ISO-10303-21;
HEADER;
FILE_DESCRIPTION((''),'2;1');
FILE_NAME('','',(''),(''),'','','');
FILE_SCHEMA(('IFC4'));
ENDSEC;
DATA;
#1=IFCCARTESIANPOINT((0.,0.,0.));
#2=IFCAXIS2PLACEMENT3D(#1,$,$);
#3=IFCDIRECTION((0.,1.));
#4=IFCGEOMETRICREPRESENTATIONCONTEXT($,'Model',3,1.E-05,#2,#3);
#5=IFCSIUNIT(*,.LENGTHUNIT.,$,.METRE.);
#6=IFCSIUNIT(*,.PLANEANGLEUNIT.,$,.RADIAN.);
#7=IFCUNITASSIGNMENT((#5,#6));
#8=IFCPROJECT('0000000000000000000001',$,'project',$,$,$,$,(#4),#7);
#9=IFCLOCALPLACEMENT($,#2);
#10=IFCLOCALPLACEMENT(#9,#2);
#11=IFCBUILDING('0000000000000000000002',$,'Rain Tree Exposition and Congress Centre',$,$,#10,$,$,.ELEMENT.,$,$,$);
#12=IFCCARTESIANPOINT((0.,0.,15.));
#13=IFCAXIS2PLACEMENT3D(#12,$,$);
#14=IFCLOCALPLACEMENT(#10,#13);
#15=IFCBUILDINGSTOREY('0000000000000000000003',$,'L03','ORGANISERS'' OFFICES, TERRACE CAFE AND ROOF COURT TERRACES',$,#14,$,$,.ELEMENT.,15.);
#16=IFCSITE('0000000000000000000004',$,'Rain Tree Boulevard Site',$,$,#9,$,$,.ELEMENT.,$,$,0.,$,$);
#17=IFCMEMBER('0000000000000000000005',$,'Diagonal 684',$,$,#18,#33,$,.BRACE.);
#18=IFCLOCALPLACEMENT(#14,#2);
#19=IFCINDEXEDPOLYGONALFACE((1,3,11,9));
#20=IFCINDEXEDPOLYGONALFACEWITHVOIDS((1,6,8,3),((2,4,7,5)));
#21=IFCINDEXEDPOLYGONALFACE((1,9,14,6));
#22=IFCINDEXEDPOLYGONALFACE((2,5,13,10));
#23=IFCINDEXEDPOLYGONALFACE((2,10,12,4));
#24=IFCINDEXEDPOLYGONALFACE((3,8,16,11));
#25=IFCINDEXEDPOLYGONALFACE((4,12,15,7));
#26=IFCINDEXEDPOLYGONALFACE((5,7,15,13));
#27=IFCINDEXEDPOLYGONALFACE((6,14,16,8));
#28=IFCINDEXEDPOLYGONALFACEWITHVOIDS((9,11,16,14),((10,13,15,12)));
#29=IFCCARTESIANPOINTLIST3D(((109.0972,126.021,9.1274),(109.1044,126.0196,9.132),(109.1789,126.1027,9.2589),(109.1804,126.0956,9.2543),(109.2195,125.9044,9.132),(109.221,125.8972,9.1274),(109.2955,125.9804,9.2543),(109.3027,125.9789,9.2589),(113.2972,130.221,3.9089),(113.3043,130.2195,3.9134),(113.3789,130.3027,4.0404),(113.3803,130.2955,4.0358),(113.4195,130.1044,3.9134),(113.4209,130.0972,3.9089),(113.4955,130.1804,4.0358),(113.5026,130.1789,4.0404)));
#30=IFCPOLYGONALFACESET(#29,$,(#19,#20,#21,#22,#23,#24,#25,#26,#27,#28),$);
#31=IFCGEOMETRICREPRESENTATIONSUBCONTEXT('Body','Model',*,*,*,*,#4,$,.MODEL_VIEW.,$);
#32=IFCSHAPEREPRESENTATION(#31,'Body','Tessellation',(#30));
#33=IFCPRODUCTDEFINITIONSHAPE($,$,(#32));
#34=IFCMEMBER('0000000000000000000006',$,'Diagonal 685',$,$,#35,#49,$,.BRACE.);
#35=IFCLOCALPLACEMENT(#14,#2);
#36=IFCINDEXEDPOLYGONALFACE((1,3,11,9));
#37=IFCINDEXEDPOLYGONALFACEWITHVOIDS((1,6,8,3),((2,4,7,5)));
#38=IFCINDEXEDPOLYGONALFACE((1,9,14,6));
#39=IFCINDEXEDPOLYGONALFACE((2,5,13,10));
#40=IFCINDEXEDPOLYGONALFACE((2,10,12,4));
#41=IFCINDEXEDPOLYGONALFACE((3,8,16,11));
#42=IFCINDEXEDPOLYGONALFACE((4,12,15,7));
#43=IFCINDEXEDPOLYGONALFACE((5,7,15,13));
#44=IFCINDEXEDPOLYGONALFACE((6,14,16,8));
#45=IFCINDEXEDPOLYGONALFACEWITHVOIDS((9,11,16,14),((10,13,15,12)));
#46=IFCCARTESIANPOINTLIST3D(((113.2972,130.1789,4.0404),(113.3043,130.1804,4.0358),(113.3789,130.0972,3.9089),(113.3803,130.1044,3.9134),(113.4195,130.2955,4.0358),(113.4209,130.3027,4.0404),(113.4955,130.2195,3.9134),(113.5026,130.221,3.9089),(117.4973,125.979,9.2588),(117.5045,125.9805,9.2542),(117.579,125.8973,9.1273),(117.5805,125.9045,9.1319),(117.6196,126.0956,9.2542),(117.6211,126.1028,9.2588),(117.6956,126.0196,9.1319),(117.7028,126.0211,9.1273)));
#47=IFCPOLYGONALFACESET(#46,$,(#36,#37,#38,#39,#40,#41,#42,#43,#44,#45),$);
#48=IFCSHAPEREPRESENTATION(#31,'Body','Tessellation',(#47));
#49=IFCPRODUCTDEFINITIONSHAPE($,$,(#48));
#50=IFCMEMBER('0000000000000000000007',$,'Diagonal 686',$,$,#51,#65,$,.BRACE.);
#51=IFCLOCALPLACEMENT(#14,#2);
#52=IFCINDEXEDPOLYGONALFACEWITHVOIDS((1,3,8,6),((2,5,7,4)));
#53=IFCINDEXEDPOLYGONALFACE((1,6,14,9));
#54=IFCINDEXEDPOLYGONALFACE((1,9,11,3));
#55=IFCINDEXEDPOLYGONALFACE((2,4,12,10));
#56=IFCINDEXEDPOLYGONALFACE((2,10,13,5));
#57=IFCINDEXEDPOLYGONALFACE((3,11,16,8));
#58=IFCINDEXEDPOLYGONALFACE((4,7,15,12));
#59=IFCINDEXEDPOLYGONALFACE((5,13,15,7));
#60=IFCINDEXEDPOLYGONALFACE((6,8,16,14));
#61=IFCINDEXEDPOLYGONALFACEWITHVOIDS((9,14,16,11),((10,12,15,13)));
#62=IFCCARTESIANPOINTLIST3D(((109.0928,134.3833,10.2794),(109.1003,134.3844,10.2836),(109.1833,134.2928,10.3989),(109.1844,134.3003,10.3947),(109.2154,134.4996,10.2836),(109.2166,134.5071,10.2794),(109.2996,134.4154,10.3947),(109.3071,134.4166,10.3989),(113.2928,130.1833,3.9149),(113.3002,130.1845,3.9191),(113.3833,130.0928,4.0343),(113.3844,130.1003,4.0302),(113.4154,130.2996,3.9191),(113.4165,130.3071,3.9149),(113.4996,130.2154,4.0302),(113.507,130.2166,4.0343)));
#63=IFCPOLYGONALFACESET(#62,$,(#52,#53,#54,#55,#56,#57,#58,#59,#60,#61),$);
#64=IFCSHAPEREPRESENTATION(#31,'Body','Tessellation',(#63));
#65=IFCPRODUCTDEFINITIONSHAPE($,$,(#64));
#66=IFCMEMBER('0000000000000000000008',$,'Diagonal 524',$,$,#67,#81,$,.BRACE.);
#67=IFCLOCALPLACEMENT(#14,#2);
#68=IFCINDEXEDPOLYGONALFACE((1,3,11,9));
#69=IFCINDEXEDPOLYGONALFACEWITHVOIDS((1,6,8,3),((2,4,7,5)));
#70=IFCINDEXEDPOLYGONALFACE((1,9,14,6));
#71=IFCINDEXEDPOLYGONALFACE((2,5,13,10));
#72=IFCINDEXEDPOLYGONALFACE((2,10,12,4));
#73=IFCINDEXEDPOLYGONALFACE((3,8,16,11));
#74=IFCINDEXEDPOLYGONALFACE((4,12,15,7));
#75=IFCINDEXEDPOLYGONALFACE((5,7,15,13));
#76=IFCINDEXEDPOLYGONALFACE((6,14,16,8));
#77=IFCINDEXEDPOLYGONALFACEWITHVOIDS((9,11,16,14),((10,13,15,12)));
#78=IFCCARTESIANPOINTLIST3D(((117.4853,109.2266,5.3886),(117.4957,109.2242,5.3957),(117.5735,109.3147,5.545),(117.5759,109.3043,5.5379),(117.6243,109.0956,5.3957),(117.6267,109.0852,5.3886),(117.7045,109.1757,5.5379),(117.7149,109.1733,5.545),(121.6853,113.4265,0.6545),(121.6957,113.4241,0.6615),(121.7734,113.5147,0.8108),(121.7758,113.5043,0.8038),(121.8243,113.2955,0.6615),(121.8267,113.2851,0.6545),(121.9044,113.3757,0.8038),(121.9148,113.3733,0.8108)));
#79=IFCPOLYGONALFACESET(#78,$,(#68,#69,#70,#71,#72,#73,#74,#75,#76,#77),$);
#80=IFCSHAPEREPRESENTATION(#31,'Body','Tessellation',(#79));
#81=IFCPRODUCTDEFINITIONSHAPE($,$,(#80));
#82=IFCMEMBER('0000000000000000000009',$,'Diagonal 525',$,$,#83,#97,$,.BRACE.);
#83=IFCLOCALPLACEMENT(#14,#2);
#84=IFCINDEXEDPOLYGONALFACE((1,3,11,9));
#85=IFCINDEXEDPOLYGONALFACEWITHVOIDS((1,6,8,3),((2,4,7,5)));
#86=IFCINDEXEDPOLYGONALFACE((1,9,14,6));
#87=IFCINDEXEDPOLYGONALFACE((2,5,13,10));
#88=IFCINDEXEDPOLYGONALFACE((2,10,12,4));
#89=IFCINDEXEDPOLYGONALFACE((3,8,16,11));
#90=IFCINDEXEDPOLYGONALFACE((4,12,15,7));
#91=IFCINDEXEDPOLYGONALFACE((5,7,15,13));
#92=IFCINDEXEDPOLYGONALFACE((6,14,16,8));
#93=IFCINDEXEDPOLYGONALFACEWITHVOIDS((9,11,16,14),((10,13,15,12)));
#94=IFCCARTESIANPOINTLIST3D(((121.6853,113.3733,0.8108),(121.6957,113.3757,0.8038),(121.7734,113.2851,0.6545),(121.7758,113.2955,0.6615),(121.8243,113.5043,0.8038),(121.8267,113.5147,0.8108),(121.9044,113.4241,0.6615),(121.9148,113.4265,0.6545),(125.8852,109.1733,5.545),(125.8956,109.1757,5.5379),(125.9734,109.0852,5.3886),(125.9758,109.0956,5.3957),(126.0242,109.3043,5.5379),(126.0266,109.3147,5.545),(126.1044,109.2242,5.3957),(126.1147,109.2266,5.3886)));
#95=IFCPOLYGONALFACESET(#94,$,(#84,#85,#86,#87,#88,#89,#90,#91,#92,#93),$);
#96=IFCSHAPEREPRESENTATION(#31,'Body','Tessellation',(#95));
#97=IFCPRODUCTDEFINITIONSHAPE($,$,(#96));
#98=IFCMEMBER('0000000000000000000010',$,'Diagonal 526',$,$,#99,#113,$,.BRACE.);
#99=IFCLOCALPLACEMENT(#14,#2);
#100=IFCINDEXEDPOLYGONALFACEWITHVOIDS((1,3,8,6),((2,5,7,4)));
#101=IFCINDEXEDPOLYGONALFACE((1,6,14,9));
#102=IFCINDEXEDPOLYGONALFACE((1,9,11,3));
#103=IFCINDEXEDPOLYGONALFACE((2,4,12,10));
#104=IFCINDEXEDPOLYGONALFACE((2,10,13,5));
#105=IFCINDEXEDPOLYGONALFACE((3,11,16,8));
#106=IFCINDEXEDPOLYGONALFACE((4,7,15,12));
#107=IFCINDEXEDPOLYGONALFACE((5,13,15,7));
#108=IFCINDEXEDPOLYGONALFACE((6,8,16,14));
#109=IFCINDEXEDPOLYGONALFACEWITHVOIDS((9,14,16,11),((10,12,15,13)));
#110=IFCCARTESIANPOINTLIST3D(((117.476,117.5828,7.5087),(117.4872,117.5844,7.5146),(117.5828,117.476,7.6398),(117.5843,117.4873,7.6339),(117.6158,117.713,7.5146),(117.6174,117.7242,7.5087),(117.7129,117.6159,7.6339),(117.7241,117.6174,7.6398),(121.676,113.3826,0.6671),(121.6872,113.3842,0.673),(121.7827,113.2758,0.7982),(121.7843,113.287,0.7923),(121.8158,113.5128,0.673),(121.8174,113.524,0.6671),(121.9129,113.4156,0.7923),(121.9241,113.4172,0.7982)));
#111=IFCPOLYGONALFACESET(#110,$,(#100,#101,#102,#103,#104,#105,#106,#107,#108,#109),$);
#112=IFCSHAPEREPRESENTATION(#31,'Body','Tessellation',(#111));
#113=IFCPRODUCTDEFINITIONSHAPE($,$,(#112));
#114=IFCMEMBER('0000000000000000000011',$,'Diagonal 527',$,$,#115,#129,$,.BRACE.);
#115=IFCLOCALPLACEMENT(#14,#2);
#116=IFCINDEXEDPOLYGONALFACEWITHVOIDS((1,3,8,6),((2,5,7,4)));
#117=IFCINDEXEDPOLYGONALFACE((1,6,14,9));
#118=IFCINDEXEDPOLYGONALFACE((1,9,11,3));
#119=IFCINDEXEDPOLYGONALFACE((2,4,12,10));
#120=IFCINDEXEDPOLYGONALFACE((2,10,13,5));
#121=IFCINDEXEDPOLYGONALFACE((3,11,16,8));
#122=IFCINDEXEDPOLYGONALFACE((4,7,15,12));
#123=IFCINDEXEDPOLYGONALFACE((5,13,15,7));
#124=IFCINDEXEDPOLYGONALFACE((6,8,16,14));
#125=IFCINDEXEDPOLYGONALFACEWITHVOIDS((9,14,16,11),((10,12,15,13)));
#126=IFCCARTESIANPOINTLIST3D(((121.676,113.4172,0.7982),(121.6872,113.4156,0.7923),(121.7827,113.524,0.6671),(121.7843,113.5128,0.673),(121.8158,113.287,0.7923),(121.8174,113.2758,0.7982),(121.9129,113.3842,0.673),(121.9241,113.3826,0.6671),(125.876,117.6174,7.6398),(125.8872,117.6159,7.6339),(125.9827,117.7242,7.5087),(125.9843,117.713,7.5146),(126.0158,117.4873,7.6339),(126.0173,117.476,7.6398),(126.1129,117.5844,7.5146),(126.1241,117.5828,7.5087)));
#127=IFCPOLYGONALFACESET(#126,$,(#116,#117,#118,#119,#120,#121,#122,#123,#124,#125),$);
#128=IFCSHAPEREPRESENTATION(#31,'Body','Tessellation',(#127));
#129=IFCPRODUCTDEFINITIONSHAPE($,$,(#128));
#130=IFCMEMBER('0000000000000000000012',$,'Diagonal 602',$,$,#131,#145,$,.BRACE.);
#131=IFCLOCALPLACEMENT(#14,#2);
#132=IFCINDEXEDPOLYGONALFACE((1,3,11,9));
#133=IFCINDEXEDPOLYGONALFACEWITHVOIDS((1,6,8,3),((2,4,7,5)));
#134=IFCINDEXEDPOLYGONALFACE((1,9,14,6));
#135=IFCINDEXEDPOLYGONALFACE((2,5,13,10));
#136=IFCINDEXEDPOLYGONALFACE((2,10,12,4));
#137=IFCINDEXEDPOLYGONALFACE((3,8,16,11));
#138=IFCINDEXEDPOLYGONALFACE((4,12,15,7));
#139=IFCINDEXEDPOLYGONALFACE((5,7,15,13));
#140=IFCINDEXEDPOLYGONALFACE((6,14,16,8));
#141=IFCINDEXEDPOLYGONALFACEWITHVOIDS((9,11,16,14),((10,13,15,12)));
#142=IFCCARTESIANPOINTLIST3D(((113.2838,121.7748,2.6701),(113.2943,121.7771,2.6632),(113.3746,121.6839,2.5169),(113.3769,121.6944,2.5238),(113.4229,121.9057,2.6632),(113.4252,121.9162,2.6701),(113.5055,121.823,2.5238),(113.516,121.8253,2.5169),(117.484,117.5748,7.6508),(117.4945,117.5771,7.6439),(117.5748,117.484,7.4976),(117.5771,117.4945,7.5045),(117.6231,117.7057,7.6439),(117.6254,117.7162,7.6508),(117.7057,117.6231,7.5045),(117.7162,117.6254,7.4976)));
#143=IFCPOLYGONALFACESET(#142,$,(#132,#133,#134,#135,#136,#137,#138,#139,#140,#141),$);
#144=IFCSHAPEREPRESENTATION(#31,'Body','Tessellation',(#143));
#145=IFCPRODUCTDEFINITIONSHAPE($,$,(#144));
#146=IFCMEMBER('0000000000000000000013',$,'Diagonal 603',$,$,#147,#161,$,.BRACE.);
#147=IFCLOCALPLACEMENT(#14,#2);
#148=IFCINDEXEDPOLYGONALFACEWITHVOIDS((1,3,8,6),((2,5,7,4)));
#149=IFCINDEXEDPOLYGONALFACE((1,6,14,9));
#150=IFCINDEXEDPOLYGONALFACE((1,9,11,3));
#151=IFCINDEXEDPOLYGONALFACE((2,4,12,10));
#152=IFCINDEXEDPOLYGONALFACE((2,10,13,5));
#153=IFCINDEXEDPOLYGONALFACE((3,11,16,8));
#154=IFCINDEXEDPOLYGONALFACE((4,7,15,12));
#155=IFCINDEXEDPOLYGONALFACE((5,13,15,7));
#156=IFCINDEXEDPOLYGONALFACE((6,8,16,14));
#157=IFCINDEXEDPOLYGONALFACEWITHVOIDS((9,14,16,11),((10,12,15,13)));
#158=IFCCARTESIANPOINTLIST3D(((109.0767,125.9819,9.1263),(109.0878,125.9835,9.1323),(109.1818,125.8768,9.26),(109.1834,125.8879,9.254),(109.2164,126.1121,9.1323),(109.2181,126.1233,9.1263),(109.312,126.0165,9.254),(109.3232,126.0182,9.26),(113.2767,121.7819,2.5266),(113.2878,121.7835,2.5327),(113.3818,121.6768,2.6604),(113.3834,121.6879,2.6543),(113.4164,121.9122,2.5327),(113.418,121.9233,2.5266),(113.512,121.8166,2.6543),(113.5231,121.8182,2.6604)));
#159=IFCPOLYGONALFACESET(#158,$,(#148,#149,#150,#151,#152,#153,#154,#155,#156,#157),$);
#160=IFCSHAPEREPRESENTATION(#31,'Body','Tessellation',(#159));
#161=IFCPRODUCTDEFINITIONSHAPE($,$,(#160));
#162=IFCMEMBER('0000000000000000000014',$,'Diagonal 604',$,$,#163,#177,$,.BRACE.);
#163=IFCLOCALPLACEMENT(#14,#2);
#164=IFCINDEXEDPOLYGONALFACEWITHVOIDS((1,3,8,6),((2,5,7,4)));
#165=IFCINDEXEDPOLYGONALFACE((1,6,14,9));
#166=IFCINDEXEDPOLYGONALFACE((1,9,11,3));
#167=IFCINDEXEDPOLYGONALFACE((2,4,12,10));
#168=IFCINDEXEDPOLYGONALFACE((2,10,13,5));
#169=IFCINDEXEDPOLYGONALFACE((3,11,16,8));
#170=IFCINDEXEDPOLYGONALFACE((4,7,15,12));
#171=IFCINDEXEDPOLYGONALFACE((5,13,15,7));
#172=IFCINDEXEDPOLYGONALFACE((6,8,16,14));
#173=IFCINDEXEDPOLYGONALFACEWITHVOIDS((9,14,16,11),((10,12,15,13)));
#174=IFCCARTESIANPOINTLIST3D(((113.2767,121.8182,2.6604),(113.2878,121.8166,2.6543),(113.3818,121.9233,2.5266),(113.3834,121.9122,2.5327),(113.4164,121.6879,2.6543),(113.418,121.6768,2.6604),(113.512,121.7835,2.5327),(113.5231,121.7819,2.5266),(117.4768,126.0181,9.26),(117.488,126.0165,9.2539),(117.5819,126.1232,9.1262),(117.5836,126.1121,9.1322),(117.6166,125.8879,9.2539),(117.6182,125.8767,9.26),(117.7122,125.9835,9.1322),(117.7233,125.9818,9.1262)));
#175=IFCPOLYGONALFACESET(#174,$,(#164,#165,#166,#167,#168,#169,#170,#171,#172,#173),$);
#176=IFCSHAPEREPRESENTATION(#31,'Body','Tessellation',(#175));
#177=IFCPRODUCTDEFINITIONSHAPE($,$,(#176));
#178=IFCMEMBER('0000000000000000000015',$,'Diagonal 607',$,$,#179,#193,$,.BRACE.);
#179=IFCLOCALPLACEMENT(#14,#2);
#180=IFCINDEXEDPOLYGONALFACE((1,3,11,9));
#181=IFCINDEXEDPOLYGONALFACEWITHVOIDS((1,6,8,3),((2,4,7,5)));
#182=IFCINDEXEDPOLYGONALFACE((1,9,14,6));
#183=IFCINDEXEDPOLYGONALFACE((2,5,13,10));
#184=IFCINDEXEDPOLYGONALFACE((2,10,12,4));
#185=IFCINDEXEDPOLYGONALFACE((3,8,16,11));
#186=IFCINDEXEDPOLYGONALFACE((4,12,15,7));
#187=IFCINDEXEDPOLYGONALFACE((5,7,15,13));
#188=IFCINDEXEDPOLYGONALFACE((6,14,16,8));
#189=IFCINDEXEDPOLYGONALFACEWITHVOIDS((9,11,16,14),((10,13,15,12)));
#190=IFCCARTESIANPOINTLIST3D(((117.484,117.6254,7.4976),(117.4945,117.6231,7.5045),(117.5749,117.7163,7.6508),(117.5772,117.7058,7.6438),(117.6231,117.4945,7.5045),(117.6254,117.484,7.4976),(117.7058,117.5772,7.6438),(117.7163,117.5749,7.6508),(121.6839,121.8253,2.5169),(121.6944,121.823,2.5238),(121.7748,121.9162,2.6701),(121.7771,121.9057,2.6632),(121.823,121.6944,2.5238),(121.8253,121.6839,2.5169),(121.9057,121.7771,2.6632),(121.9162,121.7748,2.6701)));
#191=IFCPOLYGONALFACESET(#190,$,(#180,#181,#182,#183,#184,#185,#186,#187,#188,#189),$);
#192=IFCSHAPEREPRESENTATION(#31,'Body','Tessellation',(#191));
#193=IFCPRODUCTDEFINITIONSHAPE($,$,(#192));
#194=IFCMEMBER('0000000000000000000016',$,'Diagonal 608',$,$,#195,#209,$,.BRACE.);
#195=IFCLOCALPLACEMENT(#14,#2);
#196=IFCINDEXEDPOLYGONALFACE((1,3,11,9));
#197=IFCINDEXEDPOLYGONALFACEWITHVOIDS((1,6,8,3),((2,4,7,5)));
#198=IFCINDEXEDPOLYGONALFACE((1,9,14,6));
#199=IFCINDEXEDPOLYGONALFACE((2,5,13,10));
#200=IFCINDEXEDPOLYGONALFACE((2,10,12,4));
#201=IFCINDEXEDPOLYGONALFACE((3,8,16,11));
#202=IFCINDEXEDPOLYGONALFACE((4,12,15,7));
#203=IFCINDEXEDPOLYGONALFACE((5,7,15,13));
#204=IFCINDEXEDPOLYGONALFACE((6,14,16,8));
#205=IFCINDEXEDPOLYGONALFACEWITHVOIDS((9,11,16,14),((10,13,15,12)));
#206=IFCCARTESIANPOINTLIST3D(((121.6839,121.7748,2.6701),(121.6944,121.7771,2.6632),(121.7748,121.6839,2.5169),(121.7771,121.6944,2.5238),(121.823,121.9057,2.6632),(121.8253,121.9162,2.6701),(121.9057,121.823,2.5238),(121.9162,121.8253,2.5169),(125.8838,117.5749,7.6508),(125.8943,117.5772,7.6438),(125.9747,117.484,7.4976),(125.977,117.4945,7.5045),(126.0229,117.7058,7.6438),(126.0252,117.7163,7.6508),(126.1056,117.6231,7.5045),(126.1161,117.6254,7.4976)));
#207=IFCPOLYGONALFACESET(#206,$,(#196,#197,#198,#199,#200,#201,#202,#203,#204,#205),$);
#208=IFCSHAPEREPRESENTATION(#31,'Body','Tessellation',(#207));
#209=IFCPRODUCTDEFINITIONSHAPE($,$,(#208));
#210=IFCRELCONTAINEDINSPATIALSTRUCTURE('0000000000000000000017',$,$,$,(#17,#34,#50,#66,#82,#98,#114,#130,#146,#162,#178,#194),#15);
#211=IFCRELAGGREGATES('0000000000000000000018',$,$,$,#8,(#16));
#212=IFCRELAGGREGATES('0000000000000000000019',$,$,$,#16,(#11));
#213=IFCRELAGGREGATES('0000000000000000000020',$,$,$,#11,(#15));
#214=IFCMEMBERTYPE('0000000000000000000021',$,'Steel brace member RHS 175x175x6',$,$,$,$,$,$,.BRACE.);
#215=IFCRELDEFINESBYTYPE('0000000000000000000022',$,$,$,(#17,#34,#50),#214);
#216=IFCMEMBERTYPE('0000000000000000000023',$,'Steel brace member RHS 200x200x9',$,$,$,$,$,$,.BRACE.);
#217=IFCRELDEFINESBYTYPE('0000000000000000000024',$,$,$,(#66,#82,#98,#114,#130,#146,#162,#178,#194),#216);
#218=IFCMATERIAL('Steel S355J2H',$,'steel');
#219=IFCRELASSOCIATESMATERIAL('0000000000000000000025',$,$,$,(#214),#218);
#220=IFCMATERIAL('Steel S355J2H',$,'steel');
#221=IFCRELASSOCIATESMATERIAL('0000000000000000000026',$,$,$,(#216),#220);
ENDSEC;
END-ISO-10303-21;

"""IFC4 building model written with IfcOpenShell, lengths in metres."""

from ifc_helpers import new_model, si_unit, direction, frame, origin, origin_2d, place, context, subcontext, project, spatial, hollow_rectangle, extrude, material, material_profile, profile_set, type_object, element, save


model = new_model("IFC4")

# Units and contexts
model_context = context("Model", 3, precision=1e-05, world=origin(), true_north=direction((0.0, 1.0)))
body_context = subcontext(model_context, "Body", "Model", "MODEL_VIEW")
ifc_project = project(units=[si_unit("LENGTHUNIT", "METRE"), si_unit("PLANEANGLEUNIT", "RADIAN")], contexts=[model_context])

# Site, building, storey
site_placement = place(None, origin())
site = spatial("IfcSite", under=ifc_project, at=site_placement, Name="Rain Tree Boulevard Site", CompositionType="ELEMENT", RefElevation=0.0)
building_placement = place(site_placement, origin())
building = spatial("IfcBuilding", under=site, at=building_placement, Name="Rain Tree Exposition and Congress Centre", CompositionType="ELEMENT")
storey_placement = place(building_placement, frame((0.0, 0.0, 15.0)))
storey = spatial("IfcBuildingStorey", under=building, at=storey_placement, Name="L03", Description="ORGANISERS' OFFICES, TERRACE CAFE AND ROOF COURT TERRACES", CompositionType="ELEMENT", Elevation=15.0)

# Members
ifc_material_1 = material(Name="Steel S355J2H", Category="steel")
ifc_material_profile_1 = material_profile(ifc_material_1, hollow_rectangle(XDim=0.175, YDim=0.175, WallThickness=0.0061, at=origin_2d()), Name="RHS 175x175x6")
ifc_profile_set_1 = profile_set([ifc_material_profile_1], Name="Steel S355J2H")
member_type_1 = type_object("IfcMemberType", Name="Steel brace member RHS 175x175x6", PredefinedType="BRACE", material=ifc_profile_set_1)
for number, where, z_axis, x_axis, name in (
    (1, (113.3999, 130.2, 3.9746), (-0.531206, -0.531206, 0.660031), (0.707107, -0.707107, 0.0), "Diagonal 684"),
    (2, (113.3999, 130.2, 3.9746), (0.531228, -0.531197, 0.66002), (0.707086, 0.707127, 0.0), "Diagonal 685"),
):
    element("IfcMember", number, at=place(storey_placement, frame(where, z_axis=z_axis, x_axis=x_axis)), inside=storey, type_object=member_type_1, Name=name, PredefinedType="BRACE", context=body_context, shape_type="SweptSolid", body=[
        extrude(hollow_rectangle(XDim=0.175, YDim=0.175, WallThickness=0.0061, at=origin_2d()), origin(), (0.0, 0.0, 1.0), 7.9065),
    ])
member_1_placement = place(storey_placement, frame((113.3999, 130.2, 3.9746), z_axis=(-0.482447, 0.482447, 0.731088), x_axis=(-0.707107, -0.707107, 0.0)))
element("IfcMember", 3, at=member_1_placement, inside=storey, type_object=member_type_1, Name="Diagonal 686", PredefinedType="BRACE", context=body_context, shape_type="SweptSolid", body=[
    extrude(hollow_rectangle(XDim=0.175, YDim=0.175, WallThickness=0.0061, at=origin_2d()), origin(), (0.0, 0.0, 1.0), 8.7056),
])
ifc_material_2 = material(Name="Steel S355J2H", Category="steel")
ifc_material_profile_2 = material_profile(ifc_material_2, hollow_rectangle(XDim=0.2, YDim=0.2, WallThickness=0.009, at=origin_2d()), Name="RHS 200x200x9")
ifc_profile_set_2 = profile_set([ifc_material_profile_2], Name="Steel S355J2H")
member_type_2 = type_object("IfcMemberType", Name="Steel brace member RHS 200x200x9", PredefinedType="BRACE", material=ifc_profile_set_2)
for number, where, z_axis, x_axis, name in (
    (4, (121.8, 113.3999, 0.7327), (-0.552955, -0.552955, 0.623283), (0.707107, -0.707107, 0.0), "Diagonal 524"),
    (5, (121.8, 113.3999, 0.7327), (0.552955, -0.552955, 0.623283), (0.707107, 0.707107, 0.0), "Diagonal 525"),
):
    element("IfcMember", number, at=place(storey_placement, frame(where, z_axis=z_axis, x_axis=x_axis)), inside=storey, type_object=member_type_2, Name=name, PredefinedType="BRACE", context=body_context, shape_type="SweptSolid", body=[
        extrude(hollow_rectangle(XDim=0.2, YDim=0.2, WallThickness=0.009, at=origin_2d()), origin(), (0.0, 0.0, 1.0), 7.5955),
    ])
for number, where, z_axis, x_axis, name in (
    (6, (121.8, 113.3999, 0.7327), (-0.463558, 0.463585, 0.755118), (-0.707127, -0.707086, 0.0), "Diagonal 526"),
    (7, (121.8, 113.3999, 0.7327), (0.463558, 0.463585, 0.755118), (-0.707127, 0.707086, 0.0), "Diagonal 527"),
):
    element("IfcMember", number, at=place(storey_placement, frame(where, z_axis=z_axis, x_axis=x_axis)), inside=storey, type_object=member_type_2, Name=name, PredefinedType="BRACE", context=body_context, shape_type="SweptSolid", body=[
        extrude(hollow_rectangle(XDim=0.2, YDim=0.2, WallThickness=0.009, at=origin_2d()), origin(), (0.0, 0.0, 1.0), 9.0603),
    ])
member_2_placement = place(storey_placement, frame((113.3999, 121.8, 2.5935), z_axis=(0.541842, -0.541811, 0.642532), x_axis=(0.707086, 0.707127, 0.0)))
element("IfcMember", 8, at=member_2_placement, inside=storey, type_object=member_type_2, Name="Diagonal 602", PredefinedType="BRACE", context=body_context, shape_type="SweptSolid", body=[
    extrude(hollow_rectangle(XDim=0.2, YDim=0.2, WallThickness=0.009, at=origin_2d()), origin(), (0.0, 0.0, 1.0), 7.7517),
])
for number, where, z_axis, x_axis, name in (
    (9, (113.3999, 121.8, 2.5935), (-0.473029, 0.473029, 0.743295), (-0.707107, -0.707107, 0.0), "Diagonal 603"),
    (10, (113.3999, 121.8, 2.5935), (0.47305, 0.473022, 0.743286), (-0.707086, 0.707127, 0.0), "Diagonal 604"),
):
    element("IfcMember", number, at=place(storey_placement, frame(where, z_axis=z_axis, x_axis=x_axis)), inside=storey, type_object=member_type_2, Name=name, PredefinedType="BRACE", context=body_context, shape_type="SweptSolid", body=[
        extrude(hollow_rectangle(XDim=0.2, YDim=0.2, WallThickness=0.009, at=origin_2d()), origin(), (0.0, 0.0, 1.0), 8.8789),
    ])
for number, where, z_axis, x_axis, name in (
    (11, (121.8, 121.8, 2.5935), (-0.54182, -0.54182, 0.642543), (0.707107, -0.707107, 0.0), "Diagonal 607"),
    (12, (121.8, 121.8, 2.5935), (0.54182, -0.54182, 0.642543), (0.707107, 0.707107, 0.0), "Diagonal 608"),
):
    element("IfcMember", number, at=place(storey_placement, frame(where, z_axis=z_axis, x_axis=x_axis)), inside=storey, type_object=member_type_2, Name=name, PredefinedType="BRACE", context=body_context, shape_type="SweptSolid", body=[
        extrude(hollow_rectangle(XDim=0.2, YDim=0.2, WallThickness=0.009, at=origin_2d()), origin(), (0.0, 0.0, 1.0), 7.7515),
    ])

save(model, "model.ifc")
